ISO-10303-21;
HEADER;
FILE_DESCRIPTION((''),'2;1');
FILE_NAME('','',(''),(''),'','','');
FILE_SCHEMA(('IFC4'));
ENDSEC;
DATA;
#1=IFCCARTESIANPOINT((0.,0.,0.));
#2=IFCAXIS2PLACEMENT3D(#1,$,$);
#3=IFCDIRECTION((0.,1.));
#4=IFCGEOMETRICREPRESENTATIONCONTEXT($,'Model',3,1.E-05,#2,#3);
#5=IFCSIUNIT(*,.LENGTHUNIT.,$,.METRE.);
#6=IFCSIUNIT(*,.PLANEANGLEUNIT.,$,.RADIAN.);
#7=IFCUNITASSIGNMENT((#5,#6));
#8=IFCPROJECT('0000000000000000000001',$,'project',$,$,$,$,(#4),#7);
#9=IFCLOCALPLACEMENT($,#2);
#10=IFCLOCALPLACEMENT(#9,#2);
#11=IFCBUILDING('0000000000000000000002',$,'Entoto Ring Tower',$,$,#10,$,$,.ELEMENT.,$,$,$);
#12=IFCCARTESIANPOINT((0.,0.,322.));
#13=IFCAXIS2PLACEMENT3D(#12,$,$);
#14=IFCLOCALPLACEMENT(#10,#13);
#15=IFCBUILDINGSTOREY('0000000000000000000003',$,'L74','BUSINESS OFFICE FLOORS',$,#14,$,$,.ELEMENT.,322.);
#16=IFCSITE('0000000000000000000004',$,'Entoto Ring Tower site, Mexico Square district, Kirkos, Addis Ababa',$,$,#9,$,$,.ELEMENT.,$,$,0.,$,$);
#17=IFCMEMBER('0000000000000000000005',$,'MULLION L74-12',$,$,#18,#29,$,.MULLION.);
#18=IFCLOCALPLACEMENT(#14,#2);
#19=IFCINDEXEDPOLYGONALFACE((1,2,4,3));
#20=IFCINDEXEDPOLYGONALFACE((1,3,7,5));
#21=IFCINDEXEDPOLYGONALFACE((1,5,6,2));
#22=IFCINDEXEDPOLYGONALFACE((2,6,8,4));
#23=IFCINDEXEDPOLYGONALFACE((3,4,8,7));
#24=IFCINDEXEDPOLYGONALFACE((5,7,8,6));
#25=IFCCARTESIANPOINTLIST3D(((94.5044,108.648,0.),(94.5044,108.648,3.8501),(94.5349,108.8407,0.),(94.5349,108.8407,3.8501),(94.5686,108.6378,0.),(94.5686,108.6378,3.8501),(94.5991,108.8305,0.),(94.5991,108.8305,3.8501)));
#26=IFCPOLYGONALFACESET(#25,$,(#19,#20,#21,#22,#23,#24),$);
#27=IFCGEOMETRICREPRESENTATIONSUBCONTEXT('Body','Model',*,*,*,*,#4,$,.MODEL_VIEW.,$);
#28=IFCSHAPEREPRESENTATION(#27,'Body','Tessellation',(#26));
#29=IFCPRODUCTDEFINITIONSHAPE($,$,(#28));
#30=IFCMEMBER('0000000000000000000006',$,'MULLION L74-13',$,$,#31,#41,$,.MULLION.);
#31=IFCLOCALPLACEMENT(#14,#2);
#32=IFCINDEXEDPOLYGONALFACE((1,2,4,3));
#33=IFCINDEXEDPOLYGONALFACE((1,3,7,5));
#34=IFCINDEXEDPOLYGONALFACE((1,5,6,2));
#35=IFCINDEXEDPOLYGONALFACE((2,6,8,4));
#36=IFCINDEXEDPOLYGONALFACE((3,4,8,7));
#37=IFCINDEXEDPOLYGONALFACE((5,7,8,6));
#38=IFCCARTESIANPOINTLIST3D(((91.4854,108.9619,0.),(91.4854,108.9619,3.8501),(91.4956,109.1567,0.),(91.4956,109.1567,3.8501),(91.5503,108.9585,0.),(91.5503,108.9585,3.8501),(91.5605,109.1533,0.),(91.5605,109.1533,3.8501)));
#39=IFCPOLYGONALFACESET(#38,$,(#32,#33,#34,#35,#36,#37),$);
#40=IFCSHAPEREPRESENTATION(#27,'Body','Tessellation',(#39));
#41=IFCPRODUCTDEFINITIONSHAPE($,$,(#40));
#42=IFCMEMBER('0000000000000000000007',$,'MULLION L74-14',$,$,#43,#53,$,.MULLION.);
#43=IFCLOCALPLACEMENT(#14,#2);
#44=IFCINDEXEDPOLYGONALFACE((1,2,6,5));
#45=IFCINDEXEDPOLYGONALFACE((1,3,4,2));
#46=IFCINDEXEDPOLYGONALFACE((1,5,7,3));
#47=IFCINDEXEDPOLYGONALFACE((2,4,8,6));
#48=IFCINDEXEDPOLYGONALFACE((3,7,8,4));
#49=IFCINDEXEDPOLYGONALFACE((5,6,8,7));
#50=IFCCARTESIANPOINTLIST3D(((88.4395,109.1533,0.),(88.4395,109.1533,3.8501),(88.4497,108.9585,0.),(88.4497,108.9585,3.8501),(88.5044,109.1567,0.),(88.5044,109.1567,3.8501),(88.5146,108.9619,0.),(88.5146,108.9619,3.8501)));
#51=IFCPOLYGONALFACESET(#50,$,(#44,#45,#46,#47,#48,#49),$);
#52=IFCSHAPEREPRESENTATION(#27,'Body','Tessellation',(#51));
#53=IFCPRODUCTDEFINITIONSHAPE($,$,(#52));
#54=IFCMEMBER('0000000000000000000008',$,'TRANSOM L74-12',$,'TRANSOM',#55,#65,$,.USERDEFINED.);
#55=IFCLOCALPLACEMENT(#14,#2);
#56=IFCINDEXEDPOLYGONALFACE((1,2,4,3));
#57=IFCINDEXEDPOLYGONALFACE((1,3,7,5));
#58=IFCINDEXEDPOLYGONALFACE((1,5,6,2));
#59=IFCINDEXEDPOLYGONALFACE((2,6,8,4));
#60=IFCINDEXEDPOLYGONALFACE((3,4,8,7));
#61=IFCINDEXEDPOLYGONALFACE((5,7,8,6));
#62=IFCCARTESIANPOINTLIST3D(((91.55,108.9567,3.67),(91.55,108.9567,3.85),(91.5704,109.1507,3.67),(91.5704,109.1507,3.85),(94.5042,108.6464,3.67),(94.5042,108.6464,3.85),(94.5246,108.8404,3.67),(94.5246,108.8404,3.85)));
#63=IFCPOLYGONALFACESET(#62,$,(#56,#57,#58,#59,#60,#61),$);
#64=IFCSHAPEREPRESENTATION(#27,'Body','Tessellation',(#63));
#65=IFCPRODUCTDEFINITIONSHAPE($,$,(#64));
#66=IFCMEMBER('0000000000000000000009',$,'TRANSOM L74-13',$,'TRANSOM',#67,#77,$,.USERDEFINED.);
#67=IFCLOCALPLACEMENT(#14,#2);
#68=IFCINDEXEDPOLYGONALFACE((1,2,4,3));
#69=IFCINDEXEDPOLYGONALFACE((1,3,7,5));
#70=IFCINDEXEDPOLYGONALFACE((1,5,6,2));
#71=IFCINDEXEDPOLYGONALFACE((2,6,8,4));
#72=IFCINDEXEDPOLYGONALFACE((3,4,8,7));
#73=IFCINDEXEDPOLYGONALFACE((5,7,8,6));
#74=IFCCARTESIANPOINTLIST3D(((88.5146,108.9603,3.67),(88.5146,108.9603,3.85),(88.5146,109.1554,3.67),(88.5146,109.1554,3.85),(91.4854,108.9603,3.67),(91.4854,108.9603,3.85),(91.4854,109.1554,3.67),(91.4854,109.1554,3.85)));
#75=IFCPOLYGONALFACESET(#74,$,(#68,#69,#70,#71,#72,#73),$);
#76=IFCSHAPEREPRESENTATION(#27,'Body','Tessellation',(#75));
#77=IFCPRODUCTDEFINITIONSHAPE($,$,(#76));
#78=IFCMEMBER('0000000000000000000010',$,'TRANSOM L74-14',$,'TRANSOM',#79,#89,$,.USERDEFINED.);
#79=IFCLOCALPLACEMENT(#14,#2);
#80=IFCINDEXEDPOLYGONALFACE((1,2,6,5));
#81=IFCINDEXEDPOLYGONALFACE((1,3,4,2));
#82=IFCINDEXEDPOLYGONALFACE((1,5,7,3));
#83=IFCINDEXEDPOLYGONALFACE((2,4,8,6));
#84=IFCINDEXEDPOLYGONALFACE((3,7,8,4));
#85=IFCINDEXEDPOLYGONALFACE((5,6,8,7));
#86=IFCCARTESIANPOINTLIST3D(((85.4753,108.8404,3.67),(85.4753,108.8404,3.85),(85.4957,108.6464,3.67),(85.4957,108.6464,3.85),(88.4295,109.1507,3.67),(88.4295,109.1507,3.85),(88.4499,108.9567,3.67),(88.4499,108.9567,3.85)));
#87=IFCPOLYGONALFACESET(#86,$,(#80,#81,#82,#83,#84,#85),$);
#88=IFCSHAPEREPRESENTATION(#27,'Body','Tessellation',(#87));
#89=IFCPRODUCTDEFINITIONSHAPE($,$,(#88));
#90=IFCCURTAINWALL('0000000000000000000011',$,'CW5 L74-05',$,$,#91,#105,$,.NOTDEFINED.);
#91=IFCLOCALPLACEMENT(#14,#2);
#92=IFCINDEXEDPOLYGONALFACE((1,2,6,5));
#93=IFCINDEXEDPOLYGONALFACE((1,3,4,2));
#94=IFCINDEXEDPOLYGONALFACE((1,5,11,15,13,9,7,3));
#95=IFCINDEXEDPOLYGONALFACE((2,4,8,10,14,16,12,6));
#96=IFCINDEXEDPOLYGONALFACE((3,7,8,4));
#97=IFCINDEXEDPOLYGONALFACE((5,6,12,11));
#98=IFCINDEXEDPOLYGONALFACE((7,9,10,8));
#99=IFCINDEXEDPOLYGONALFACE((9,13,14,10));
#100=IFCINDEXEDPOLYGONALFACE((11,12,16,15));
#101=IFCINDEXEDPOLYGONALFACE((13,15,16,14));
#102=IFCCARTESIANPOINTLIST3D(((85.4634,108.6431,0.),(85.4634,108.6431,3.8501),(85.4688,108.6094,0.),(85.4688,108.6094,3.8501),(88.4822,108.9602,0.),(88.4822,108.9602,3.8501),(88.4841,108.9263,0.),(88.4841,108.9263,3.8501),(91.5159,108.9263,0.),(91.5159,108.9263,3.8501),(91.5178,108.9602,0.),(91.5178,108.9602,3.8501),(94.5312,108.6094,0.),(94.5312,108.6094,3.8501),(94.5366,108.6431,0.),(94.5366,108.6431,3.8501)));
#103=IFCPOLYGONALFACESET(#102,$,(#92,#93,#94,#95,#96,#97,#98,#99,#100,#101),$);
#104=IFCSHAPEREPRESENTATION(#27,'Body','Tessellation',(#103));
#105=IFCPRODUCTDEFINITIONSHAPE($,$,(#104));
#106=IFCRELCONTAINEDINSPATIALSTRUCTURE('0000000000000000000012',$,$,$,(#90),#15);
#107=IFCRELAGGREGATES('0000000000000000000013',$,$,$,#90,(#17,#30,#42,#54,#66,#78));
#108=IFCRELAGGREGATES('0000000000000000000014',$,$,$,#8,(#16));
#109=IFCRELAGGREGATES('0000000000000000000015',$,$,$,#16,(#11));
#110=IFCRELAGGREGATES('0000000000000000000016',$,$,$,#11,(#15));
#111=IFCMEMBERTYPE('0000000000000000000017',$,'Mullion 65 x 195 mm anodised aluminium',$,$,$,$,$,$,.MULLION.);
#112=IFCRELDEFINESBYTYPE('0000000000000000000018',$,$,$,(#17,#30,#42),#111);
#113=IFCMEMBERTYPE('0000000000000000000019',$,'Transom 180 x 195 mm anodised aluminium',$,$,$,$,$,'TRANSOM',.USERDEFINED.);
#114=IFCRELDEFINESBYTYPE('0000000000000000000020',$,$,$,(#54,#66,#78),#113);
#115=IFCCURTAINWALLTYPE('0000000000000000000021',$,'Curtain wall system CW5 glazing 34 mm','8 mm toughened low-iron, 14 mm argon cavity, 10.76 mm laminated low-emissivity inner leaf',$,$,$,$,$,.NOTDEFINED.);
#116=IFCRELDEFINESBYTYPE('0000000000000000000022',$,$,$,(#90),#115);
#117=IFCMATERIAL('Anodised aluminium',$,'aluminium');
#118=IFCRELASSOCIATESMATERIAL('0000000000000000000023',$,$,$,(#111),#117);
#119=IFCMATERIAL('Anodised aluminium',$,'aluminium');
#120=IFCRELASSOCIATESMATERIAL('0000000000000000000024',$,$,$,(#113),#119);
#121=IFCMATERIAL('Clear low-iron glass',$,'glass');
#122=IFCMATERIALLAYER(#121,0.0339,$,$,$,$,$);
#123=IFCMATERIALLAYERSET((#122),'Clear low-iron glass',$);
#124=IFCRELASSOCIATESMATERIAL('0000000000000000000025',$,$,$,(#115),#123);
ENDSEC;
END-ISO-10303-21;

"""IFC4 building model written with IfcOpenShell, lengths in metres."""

from ifc_helpers import new_model, si_unit, direction, frame, origin, origin_2d, place, context, subcontext, project, spatial, polyline, rectangle, outline, extrude, material, layer, layer_set, material_profile, profile_set, type_object, element, aggregate, save


model = new_model("IFC4")

# Units and contexts
model_context = context("Model", 3, precision=1e-05, world=origin(), true_north=direction((0.0, 1.0)))
body_context = subcontext(model_context, "Body", "Model", "MODEL_VIEW")
ifc_project = project(units=[si_unit("LENGTHUNIT", "METRE"), si_unit("PLANEANGLEUNIT", "RADIAN")], contexts=[model_context])

# Members
ifc_material_1 = material(Name="Anodised aluminium", Category="aluminium")
ifc_material_profile_1 = material_profile(ifc_material_1, rectangle(XDim=0.0649, YDim=0.1951, at=origin_2d()), Name="Mullion 65 x 195 mm anodised aluminium")
ifc_profile_set_1 = profile_set([ifc_material_profile_1], Name="Anodised aluminium")
member_type_1 = type_object("IfcMemberType", Name="Mullion 65 x 195 mm anodised aluminium", PredefinedType="MULLION", material=ifc_profile_set_1)
site_placement = place(None, origin())
building_placement = place(site_placement, origin())
storey_placement = place(building_placement, frame((0.0, 0.0, 322.0)))
member_1_placement = place(storey_placement, frame((94.5518, 108.7393, 0.0), z_axis=(0.0, 0.0, 1.0), x_axis=(-0.987688, 0.156434, 0.0)))
member_1 = element("IfcMember", 1, at=member_1_placement, type_object=member_type_1, Name="MULLION L74-12", PredefinedType="MULLION", context=body_context, shape_type="SweptSolid", body=[
    extrude(rectangle(XDim=0.0649, YDim=0.1951, at=origin_2d()), origin(), (0.0, 0.0, 1.0), 3.8501),
])
member_2_placement = place(storey_placement, frame((91.5229, 109.0576, 0.0), z_axis=(0.0, 0.0, 1.0), x_axis=(-0.99863, 0.052336, 0.0)))
member_2 = element("IfcMember", 2, at=member_2_placement, type_object=member_type_1, Name="MULLION L74-13", PredefinedType="MULLION", context=body_context, shape_type="SweptSolid", body=[
    extrude(rectangle(XDim=0.0649, YDim=0.1951, at=origin_2d()), origin(), (0.0, 0.0, 1.0), 3.8501),
])
member_3_placement = place(storey_placement, frame((88.4771, 109.0576, 0.0), z_axis=(0.0, 0.0, 1.0), x_axis=(-0.99863, -0.052336, 0.0)))
member_3 = element("IfcMember", 3, at=member_3_placement, type_object=member_type_1, Name="MULLION L74-14", PredefinedType="MULLION", context=body_context, shape_type="SweptSolid", body=[
    extrude(rectangle(XDim=0.0649, YDim=0.1951, at=origin_2d()), origin(), (0.0, 0.0, 1.0), 3.8501),
])
ifc_material_2 = material(Name="Anodised aluminium", Category="aluminium")
ifc_material_profile_2 = material_profile(ifc_material_2, rectangle(XDim=0.1951, YDim=0.1799, at=origin_2d()), Name="Transom 180 x 195 mm anodised aluminium")
ifc_profile_set_2 = profile_set([ifc_material_profile_2], Name="Anodised aluminium")
member_type_2 = type_object("IfcMemberType", Name="Transom 180 x 195 mm anodised aluminium", ElementType="TRANSOM", PredefinedType="USERDEFINED", material=ifc_profile_set_2)
member_4_placement = place(storey_placement, frame((94.5144, 108.7434, 3.76), z_axis=(-0.994528, 0.104467, 0.0), x_axis=(-0.104467, -0.994528, 0.0)))
member_4 = element("IfcMember", 4, at=member_4_placement, type_object=member_type_2, Name="TRANSOM L74-12", ObjectType="TRANSOM", PredefinedType="USERDEFINED", context=body_context, shape_type="SweptSolid", body=[
    extrude(rectangle(XDim=0.1951, YDim=0.1799, at=origin_2d()), origin(), (0.0, 0.0, 1.0), 2.9705),
])
member_5_placement = place(storey_placement, frame((91.4854, 109.0579, 3.76), z_axis=(-1.0, 0.0, 0.0), x_axis=(0.0, -1.0, 0.0)))
member_5 = element("IfcMember", 5, at=member_5_placement, type_object=member_type_2, Name="TRANSOM L74-13", ObjectType="TRANSOM", PredefinedType="USERDEFINED", context=body_context, shape_type="SweptSolid", body=[
    extrude(rectangle(XDim=0.1951, YDim=0.1799, at=origin_2d()), origin(), (0.0, 0.0, 1.0), 2.9707),
])
member_6_placement = place(storey_placement, frame((88.4397, 109.0537, 3.76), z_axis=(-0.994528, -0.104467, 0.0), x_axis=(0.104467, -0.994528, 0.0)))
member_6 = element("IfcMember", 6, at=member_6_placement, type_object=member_type_2, Name="TRANSOM L74-14", ObjectType="TRANSOM", PredefinedType="USERDEFINED", context=body_context, shape_type="SweptSolid", body=[
    extrude(rectangle(XDim=0.1951, YDim=0.1799, at=origin_2d()), origin(), (0.0, 0.0, 1.0), 2.9705),
])

# Site, building, storey
site = spatial("IfcSite", under=ifc_project, at=site_placement, Name="Entoto Ring Tower site, Mexico Square district, Kirkos, Addis Ababa", CompositionType="ELEMENT", RefElevation=0.0)
building = spatial("IfcBuilding", under=site, at=building_placement, Name="Entoto Ring Tower", CompositionType="ELEMENT")
storey = spatial("IfcBuildingStorey", under=building, at=storey_placement, Name="L74", Description="BUSINESS OFFICE FLOORS", CompositionType="ELEMENT", Elevation=322.0)

# Curtain wall
ifc_material_3 = material(Name="Clear low-iron glass", Category="glass")
ifc_layer = layer(ifc_material_3, 0.0339)
ifc_layer_set = layer_set([ifc_layer], Name="Clear low-iron glass")
curtain_wall_type = type_object("IfcCurtainWallType", Name="Curtain wall system CW5 glazing 34 mm", Description="8 mm toughened low-iron, 14 mm argon cavity, 10.76 mm laminated low-emissivity inner leaf", PredefinedType="NOTDEFINED", material=ifc_layer_set)
curtain_wall_1_placement = place(storey_placement, origin())
curtain_wall_1 = element("IfcCurtainWall", 7, at=curtain_wall_1_placement, inside=storey, type_object=curtain_wall_type, Name="CW5 L74-05", PredefinedType="NOTDEFINED", context=body_context, shape_type="SweptSolid", body=[
    extrude(outline(polyline([(94.5366, 108.6431), (91.5178, 108.9602), (88.4822, 108.9602), (85.4634, 108.6431), (85.4688, 108.6094), (88.4841, 108.9263), (91.5159, 108.9263), (94.5312, 108.6094), (94.5366, 108.6431)])), origin(), (0.0, 0.0, 1.0), 3.8501),
])
aggregate(curtain_wall_1, [member_1, member_2, member_3, member_4, member_5, member_6])

save(model, "model.ifc")
